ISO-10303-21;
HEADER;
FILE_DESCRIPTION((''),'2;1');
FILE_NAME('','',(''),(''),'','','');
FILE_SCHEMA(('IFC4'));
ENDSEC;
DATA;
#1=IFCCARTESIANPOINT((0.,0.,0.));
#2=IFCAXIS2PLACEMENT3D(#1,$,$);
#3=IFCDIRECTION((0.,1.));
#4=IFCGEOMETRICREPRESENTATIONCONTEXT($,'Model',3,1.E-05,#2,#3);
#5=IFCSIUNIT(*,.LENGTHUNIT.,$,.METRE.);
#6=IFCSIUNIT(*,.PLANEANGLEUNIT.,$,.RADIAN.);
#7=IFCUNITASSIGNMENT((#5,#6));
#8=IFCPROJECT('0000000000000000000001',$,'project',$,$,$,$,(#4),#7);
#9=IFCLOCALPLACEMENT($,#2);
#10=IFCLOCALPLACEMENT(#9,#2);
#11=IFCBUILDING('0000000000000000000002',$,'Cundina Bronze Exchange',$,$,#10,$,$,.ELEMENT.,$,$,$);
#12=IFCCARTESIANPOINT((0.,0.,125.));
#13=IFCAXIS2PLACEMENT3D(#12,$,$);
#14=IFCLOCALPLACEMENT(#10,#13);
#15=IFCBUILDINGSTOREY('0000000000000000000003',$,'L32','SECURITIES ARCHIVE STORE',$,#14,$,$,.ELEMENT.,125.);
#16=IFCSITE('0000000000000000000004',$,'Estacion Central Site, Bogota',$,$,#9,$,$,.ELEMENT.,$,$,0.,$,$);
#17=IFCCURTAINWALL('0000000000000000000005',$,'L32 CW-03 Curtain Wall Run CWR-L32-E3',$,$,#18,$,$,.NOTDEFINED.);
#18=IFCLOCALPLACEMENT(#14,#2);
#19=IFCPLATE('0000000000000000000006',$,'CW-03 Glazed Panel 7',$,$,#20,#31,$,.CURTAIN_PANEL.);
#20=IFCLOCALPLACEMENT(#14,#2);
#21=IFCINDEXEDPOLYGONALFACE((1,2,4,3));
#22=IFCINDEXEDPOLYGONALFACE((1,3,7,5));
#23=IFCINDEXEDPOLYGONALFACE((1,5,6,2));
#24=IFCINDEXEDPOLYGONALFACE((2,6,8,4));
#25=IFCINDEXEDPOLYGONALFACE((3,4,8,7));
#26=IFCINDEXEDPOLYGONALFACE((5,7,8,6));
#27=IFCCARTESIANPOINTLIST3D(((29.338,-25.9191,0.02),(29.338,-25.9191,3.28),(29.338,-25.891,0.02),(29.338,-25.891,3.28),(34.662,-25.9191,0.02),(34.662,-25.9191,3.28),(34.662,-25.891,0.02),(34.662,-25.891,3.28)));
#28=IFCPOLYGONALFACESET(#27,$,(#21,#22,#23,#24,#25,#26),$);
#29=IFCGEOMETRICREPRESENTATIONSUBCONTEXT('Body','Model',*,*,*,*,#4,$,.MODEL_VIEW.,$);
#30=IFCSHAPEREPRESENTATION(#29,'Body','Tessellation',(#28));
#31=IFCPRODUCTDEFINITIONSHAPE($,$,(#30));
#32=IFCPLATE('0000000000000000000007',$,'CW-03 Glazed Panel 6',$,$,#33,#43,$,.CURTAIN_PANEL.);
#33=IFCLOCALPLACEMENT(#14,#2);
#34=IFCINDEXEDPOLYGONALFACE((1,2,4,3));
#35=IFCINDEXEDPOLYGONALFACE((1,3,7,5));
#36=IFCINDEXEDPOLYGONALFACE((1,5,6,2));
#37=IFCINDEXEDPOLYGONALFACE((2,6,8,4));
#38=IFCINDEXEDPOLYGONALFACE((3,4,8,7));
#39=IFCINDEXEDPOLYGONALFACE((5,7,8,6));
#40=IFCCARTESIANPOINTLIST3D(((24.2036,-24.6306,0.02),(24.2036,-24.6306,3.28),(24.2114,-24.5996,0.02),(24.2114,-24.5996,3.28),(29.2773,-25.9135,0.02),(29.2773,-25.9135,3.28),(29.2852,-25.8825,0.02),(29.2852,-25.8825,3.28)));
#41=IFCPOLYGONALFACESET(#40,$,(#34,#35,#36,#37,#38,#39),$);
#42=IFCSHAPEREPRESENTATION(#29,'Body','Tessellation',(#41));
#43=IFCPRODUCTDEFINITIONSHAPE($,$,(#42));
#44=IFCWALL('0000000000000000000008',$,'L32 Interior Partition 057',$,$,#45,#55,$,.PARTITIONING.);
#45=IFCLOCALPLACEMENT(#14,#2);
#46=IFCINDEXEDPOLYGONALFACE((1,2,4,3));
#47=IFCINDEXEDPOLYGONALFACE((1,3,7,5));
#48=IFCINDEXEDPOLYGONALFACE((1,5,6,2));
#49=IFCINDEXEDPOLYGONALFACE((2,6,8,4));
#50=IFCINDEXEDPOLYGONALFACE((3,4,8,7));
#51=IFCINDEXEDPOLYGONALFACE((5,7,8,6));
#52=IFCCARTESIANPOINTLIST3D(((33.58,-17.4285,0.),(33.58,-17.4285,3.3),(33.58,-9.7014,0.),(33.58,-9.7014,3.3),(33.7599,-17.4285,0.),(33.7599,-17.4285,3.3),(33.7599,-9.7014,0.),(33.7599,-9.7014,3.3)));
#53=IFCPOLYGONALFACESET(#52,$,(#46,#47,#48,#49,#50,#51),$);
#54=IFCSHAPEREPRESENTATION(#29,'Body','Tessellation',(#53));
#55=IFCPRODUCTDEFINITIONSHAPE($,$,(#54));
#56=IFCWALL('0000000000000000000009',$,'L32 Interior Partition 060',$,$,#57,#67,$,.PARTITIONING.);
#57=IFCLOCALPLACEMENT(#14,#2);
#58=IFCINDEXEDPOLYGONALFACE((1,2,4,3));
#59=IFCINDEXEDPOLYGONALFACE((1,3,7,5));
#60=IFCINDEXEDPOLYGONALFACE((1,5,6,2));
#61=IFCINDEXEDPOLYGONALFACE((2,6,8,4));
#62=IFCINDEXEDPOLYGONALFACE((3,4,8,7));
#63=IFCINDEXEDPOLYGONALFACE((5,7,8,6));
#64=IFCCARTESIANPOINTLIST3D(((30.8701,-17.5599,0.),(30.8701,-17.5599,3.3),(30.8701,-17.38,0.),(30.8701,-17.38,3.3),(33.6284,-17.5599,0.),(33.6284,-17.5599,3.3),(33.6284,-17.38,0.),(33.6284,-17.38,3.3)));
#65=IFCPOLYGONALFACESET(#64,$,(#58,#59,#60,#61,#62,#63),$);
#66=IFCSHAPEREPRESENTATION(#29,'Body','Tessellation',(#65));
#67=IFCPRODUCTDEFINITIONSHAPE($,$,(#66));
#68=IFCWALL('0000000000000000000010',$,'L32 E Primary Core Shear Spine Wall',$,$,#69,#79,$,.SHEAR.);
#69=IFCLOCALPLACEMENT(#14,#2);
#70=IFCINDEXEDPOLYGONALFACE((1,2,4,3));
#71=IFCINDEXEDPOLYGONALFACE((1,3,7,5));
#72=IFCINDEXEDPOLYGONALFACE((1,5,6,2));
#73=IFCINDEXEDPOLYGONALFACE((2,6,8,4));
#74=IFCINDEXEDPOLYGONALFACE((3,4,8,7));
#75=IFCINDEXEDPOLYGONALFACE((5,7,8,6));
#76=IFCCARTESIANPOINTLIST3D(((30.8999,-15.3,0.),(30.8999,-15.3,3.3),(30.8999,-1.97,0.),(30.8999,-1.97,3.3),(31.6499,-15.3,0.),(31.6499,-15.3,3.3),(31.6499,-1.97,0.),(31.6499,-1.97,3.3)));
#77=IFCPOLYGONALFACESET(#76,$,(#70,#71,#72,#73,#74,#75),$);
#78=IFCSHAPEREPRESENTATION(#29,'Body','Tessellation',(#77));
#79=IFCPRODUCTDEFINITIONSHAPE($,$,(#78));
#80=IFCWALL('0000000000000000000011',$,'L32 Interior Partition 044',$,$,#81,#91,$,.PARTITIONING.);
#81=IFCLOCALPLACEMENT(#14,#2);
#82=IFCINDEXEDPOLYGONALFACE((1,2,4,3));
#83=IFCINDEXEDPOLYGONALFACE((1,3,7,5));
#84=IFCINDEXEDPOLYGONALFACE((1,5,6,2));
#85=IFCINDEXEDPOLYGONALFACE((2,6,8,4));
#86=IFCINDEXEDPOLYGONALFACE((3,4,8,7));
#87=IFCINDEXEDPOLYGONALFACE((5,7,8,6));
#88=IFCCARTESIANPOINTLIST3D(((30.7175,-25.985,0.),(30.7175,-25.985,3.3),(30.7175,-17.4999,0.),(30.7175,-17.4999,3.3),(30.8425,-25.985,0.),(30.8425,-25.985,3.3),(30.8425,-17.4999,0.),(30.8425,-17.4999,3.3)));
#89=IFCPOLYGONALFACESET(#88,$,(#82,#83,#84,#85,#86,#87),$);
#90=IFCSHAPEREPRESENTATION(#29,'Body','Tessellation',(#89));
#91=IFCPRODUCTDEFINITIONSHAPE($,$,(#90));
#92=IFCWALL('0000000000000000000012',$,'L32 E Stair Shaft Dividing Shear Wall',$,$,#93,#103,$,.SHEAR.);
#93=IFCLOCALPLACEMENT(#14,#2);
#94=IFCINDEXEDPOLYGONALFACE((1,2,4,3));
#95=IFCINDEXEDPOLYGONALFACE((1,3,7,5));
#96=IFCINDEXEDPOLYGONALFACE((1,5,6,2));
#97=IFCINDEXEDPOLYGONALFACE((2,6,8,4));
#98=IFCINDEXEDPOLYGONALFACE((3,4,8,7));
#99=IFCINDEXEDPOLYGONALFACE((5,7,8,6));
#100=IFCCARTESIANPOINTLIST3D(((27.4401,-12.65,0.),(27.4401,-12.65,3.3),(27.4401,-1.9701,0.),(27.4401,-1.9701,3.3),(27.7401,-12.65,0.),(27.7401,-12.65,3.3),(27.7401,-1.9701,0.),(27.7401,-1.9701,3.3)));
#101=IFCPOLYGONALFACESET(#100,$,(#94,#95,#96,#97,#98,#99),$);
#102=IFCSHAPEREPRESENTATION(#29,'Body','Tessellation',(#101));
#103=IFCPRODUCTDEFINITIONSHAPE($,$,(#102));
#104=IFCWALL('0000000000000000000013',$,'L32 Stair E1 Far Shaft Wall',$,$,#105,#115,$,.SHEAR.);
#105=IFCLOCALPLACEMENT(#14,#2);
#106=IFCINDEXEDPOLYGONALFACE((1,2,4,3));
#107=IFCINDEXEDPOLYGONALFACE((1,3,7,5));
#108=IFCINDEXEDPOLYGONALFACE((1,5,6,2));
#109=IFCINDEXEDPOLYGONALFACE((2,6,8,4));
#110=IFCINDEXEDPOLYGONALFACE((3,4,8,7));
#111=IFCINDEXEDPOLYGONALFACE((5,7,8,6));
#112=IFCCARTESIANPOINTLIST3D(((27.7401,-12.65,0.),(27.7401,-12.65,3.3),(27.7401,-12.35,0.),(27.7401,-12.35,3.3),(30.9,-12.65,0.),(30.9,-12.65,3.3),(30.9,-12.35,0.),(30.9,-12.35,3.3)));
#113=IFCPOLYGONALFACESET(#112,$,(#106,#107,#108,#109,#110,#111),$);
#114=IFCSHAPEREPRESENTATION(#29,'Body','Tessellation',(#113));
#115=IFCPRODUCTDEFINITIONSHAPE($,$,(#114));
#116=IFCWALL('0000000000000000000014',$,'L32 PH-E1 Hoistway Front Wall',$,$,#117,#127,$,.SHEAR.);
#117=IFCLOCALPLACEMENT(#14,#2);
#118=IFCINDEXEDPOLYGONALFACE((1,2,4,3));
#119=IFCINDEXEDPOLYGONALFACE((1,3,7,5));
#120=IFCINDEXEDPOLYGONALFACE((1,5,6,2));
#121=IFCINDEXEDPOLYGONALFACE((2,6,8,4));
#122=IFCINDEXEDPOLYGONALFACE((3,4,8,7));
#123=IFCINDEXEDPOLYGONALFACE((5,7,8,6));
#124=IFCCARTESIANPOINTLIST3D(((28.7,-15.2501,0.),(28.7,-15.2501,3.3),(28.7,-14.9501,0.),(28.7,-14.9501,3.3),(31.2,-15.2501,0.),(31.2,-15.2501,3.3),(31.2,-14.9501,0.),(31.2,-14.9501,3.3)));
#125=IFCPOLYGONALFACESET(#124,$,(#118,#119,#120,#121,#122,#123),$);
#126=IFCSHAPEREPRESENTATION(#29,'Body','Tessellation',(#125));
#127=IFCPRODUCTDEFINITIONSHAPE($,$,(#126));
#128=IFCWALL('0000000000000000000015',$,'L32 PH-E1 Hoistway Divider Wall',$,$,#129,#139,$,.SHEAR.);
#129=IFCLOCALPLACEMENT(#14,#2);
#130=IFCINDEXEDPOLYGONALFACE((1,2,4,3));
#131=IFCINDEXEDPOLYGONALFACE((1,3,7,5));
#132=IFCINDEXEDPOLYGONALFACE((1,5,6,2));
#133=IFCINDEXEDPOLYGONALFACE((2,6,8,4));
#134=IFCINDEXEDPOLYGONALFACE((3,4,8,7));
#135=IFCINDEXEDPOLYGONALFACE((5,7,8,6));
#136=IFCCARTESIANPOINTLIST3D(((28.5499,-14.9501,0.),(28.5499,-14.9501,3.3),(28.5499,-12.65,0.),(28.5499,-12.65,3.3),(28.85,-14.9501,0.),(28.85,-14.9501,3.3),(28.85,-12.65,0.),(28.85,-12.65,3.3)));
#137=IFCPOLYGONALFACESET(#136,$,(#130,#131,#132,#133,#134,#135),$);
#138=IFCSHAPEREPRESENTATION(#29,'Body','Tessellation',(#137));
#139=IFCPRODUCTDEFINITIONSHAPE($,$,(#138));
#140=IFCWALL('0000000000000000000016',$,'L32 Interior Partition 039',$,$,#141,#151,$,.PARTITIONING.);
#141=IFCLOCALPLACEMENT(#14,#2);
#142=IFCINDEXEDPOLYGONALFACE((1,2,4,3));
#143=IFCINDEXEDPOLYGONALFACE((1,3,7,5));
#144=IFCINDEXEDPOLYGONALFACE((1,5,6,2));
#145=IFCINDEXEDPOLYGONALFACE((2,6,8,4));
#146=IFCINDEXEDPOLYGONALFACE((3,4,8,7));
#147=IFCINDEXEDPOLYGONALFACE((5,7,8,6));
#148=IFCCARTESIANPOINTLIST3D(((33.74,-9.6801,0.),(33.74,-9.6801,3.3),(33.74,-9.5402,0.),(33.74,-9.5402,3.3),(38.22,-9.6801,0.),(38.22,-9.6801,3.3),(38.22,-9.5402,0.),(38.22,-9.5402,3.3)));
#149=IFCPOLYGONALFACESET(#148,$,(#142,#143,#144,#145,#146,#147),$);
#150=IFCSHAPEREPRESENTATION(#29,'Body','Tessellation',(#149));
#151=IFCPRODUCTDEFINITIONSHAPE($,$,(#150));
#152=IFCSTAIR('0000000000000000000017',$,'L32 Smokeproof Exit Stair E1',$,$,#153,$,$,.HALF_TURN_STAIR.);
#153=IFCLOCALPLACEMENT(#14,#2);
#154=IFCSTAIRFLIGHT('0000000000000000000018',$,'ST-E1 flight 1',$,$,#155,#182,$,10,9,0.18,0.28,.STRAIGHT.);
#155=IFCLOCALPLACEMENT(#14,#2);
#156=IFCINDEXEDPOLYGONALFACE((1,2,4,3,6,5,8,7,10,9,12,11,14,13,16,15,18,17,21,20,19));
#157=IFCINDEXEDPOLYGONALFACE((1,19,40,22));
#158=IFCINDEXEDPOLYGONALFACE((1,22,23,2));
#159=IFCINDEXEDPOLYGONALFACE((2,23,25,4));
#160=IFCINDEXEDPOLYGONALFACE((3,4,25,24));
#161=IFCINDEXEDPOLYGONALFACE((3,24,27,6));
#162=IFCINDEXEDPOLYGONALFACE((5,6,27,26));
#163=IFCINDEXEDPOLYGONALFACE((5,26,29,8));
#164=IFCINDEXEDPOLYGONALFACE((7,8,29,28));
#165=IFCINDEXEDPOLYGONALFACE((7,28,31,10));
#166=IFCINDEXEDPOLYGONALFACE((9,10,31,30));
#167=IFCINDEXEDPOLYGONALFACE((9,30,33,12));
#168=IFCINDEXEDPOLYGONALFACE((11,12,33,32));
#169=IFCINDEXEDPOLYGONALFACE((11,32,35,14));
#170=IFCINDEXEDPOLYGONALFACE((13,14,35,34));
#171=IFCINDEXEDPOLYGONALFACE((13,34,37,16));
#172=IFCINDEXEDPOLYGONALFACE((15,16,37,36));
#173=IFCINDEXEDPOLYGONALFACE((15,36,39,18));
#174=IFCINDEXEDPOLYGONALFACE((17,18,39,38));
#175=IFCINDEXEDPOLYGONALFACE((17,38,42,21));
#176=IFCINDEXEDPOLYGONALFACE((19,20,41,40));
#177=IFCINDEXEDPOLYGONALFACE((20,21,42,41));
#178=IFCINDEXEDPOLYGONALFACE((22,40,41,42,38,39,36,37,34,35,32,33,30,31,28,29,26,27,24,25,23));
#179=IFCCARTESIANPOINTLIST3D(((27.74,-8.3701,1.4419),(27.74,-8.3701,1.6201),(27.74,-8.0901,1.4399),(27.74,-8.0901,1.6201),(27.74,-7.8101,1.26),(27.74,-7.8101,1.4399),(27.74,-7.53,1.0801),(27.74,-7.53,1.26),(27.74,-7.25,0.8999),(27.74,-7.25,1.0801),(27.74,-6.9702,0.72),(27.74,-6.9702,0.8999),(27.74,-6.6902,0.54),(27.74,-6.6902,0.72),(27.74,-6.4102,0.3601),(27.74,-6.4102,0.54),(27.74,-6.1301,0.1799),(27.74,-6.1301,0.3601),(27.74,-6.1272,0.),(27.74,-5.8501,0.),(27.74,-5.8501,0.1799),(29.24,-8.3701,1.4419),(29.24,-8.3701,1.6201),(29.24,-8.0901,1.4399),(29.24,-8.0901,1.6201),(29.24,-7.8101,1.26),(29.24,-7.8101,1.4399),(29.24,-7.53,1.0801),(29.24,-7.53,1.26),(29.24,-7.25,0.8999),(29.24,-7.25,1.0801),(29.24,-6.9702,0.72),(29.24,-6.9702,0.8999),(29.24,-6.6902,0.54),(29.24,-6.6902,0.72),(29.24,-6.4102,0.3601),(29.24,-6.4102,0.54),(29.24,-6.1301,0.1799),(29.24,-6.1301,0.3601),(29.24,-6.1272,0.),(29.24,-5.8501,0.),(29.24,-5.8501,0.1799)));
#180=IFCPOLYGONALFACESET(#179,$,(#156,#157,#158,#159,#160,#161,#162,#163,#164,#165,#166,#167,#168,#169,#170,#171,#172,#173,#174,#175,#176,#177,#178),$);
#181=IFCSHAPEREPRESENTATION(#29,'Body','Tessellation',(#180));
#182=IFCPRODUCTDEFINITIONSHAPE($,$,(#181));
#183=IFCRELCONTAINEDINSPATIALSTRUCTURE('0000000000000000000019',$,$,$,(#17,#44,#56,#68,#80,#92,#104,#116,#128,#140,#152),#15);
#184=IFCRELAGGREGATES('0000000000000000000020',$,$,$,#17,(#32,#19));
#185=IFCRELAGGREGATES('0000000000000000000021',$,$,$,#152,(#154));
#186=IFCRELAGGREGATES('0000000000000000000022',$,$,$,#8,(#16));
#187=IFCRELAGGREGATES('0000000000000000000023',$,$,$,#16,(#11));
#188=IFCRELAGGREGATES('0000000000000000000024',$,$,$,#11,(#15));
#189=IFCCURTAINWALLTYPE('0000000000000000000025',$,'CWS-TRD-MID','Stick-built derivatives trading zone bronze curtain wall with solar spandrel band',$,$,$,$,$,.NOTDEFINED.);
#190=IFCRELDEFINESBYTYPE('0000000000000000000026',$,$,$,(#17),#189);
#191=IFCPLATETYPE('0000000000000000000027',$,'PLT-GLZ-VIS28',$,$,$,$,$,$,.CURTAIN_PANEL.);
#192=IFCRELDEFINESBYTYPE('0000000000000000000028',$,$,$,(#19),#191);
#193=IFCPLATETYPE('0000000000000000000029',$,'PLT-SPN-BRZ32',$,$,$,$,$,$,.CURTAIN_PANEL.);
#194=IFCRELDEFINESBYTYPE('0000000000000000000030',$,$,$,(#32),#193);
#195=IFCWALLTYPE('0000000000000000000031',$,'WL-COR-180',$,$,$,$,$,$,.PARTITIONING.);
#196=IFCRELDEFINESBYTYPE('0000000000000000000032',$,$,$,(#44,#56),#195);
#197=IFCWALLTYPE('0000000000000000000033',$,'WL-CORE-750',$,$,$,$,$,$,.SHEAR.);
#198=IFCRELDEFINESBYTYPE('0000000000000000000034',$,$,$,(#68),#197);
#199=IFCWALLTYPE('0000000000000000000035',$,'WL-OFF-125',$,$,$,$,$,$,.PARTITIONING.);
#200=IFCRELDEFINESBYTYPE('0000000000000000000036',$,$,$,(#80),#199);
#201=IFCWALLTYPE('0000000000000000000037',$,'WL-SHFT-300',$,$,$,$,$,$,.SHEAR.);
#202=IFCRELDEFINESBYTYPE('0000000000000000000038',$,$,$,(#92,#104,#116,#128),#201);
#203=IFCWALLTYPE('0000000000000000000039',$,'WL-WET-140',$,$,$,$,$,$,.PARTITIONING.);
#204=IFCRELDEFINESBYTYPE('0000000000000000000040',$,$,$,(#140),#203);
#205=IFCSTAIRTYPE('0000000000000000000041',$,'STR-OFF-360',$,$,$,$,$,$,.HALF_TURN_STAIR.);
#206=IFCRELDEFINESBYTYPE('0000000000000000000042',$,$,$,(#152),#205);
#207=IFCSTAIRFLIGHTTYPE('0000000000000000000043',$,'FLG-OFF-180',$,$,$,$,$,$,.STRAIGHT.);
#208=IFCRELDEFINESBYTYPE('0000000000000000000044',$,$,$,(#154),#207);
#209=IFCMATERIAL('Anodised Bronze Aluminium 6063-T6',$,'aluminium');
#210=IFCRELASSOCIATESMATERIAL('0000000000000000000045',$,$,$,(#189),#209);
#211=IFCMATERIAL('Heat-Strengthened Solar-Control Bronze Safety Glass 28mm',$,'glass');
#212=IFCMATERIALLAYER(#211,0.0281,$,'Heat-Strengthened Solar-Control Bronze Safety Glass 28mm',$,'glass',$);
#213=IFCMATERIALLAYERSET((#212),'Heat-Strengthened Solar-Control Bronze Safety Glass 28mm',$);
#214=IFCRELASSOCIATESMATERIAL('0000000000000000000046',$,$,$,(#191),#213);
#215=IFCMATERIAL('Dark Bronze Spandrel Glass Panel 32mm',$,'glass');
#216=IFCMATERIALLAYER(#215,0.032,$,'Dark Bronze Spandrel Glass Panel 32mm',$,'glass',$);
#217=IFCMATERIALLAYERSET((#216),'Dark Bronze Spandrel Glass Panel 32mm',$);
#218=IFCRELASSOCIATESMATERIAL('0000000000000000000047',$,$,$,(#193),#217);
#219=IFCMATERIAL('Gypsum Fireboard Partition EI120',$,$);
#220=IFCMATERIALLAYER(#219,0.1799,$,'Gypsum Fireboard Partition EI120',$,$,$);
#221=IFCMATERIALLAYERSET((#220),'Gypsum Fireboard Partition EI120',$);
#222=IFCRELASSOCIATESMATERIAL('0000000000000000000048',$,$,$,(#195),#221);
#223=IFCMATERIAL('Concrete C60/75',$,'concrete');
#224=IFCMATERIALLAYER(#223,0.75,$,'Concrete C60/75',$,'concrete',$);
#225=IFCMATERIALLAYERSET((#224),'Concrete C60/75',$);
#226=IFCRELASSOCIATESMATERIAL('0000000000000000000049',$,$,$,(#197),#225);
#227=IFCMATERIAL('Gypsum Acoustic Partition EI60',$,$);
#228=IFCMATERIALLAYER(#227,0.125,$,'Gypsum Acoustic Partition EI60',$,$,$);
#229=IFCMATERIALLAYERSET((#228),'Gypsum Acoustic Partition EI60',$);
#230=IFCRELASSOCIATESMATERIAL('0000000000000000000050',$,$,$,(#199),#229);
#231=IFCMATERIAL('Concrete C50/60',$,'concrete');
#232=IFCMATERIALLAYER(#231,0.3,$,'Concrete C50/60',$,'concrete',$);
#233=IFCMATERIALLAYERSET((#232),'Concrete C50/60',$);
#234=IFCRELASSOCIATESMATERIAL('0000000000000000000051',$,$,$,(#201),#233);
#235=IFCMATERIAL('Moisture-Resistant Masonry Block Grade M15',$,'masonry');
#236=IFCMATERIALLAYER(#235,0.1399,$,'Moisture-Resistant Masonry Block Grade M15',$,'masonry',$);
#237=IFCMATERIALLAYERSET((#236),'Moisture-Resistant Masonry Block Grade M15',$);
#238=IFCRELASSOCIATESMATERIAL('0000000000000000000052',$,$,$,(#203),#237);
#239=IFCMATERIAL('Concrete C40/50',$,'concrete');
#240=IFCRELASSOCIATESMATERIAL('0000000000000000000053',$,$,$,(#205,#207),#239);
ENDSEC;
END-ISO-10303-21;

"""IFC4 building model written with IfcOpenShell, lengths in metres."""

from ifc_helpers import new_model, si_unit, direction, frame, frame_2d, origin, origin_2d, place, context, subcontext, project, spatial, polyline, rectangle, outline, extrude, material, layer, layer_set, type_object, element, aggregate, save


model = new_model("IFC4")

# Units and contexts
model_context = context("Model", 3, precision=1e-05, world=origin(), true_north=direction((0.0, 1.0)))
body_context = subcontext(model_context, "Body", "Model", "MODEL_VIEW")
ifc_project = project(units=[si_unit("LENGTHUNIT", "METRE"), si_unit("PLANEANGLEUNIT", "RADIAN")], contexts=[model_context])

# Site, building, storey
site_placement = place(None, origin())
site = spatial("IfcSite", under=ifc_project, at=site_placement, Name="Estacion Central Site, Bogota", CompositionType="ELEMENT", RefElevation=0.0)
building_placement = place(site_placement, origin())
building = spatial("IfcBuilding", under=site, at=building_placement, Name="Cundina Bronze Exchange", CompositionType="ELEMENT")
storey_placement = place(building_placement, frame((0.0, 0.0, 125.0)))
storey = spatial("IfcBuildingStorey", under=building, at=storey_placement, Name="L32", Description="SECURITIES ARCHIVE STORE", CompositionType="ELEMENT", Elevation=125.0)

# Shared definitions
ifc_material_1 = material(Name="Concrete C60/75", Category="concrete")

# Curtain wall, plates
ifc_material_2 = material(Name="Anodised Bronze Aluminium 6063-T6", Category="aluminium")
curtain_wall_type = type_object("IfcCurtainWallType", Name="CWS-TRD-MID", Description="Stick-built derivatives trading zone bronze curtain wall with solar spandrel band", PredefinedType="NOTDEFINED", material=ifc_material_2)
curtain_wall_placement = place(storey_placement, origin())
curtain_wall = element("IfcCurtainWall", 1, at=curtain_wall_placement, inside=storey, type_object=curtain_wall_type, Name="L32 CW-03 Curtain Wall Run CWR-L32-E3", PredefinedType="NOTDEFINED")
ifc_material_3 = material(Name="Heat-Strengthened Solar-Control Bronze Safety Glass 28mm", Category="glass")
ifc_layer_1 = layer(ifc_material_3, 0.0281, Name="Heat-Strengthened Solar-Control Bronze Safety Glass 28mm", Category="glass")
ifc_layer_set_1 = layer_set([ifc_layer_1], Name="Heat-Strengthened Solar-Control Bronze Safety Glass 28mm")
plate_type_1 = type_object("IfcPlateType", Name="PLT-GLZ-VIS28", PredefinedType="CURTAIN_PANEL", material=ifc_layer_set_1)
plate_1_placement = place(storey_placement, frame((32.0, -25.905, 0.02), z_axis=(0.0, 0.0, 1.0), x_axis=(1.0, 0.0, 0.0)))
plate_1 = element("IfcPlate", 2, at=plate_1_placement, type_object=plate_type_1, Name="CW-03 Glazed Panel 7", PredefinedType="CURTAIN_PANEL", context=body_context, shape_type="SweptSolid", body=[
    extrude(rectangle(XDim=5.324, YDim=0.0281, at=origin_2d()), origin(), (0.0, 0.0, 1.0), 3.26),
])
ifc_material_4 = material(Name="Dark Bronze Spandrel Glass Panel 32mm", Category="glass")
ifc_layer_2 = layer(ifc_material_4, 0.032, Name="Dark Bronze Spandrel Glass Panel 32mm", Category="glass")
ifc_layer_set_2 = layer_set([ifc_layer_2], Name="Dark Bronze Spandrel Glass Panel 32mm")
plate_type_2 = type_object("IfcPlateType", Name="PLT-SPN-BRZ32", PredefinedType="CURTAIN_PANEL", material=ifc_layer_set_2)
plate_2_placement = place(storey_placement, frame((26.7444, -25.2566, 0.02), z_axis=(0.0, 0.0, 1.0), x_axis=(0.969488, -0.245138, 0.0)))
plate_2 = element("IfcPlate", 3, at=plate_2_placement, type_object=plate_type_2, Name="CW-03 Glazed Panel 6", PredefinedType="CURTAIN_PANEL", context=body_context, shape_type="SweptSolid", body=[
    extrude(rectangle(XDim=5.2334, YDim=0.032, at=origin_2d()), origin(), (0.0, 0.0, 1.0), 3.26),
])
aggregate(curtain_wall, [plate_2, plate_1])

# Shared definitions
ifc_material_5 = material(Name="Gypsum Fireboard Partition EI120")
ifc_layer_3 = layer(ifc_material_5, 0.1799, Name="Gypsum Fireboard Partition EI120")
ifc_layer_set_3 = layer_set([ifc_layer_3], Name="Gypsum Fireboard Partition EI120")
wall_type_1 = type_object("IfcWallType", Name="WL-COR-180", PredefinedType="PARTITIONING", material=ifc_layer_set_3)

# Walls
wall_1_placement = place(storey_placement, frame((33.6699, -17.4285, 0.0), z_axis=(0.0, 0.0, 1.0), x_axis=(0.0, 1.0, 0.0)))
element("IfcWall", 4, at=wall_1_placement, inside=storey, type_object=wall_type_1, Name="L32 Interior Partition 057", PredefinedType="PARTITIONING", context=body_context, shape_type="SweptSolid", body=[
    extrude(rectangle(XDim=7.7271, YDim=0.1799, at=frame_2d((3.8635, 0.0))), origin(), (0.0, 0.0, 1.0), 3.3),
])
wall_2_placement = place(storey_placement, frame((30.8701, -17.47, 0.0), z_axis=(0.0, 0.0, 1.0), x_axis=(1.0, 0.0, 0.0)))
element("IfcWall", 5, at=wall_2_placement, inside=storey, type_object=wall_type_1, Name="L32 Interior Partition 060", PredefinedType="PARTITIONING", context=body_context, shape_type="SweptSolid", body=[
    extrude(rectangle(XDim=2.7583, YDim=0.1799, at=frame_2d((1.3792, 0.0))), origin(), (0.0, 0.0, 1.0), 3.3),
])
ifc_layer_4 = layer(ifc_material_1, 0.75, Name="Concrete C60/75", Category="concrete")
ifc_layer_set_4 = layer_set([ifc_layer_4], Name="Concrete C60/75")
wall_type_2 = type_object("IfcWallType", Name="WL-CORE-750", PredefinedType="SHEAR", material=ifc_layer_set_4)
wall_3_placement = place(storey_placement, frame((31.2749, -15.3, 0.0), z_axis=(0.0, 0.0, 1.0), x_axis=(0.0, 1.0, 0.0)))
element("IfcWall", 6, at=wall_3_placement, inside=storey, type_object=wall_type_2, Name="L32 E Primary Core Shear Spine Wall", PredefinedType="SHEAR", context=body_context, shape_type="SweptSolid", body=[
    extrude(rectangle(XDim=13.3301, YDim=0.75, at=frame_2d((6.665, 0.0))), origin(), (0.0, 0.0, 1.0), 3.3),
])
ifc_material_6 = material(Name="Gypsum Acoustic Partition EI60")
ifc_layer_5 = layer(ifc_material_6, 0.125, Name="Gypsum Acoustic Partition EI60")
ifc_layer_set_5 = layer_set([ifc_layer_5], Name="Gypsum Acoustic Partition EI60")
wall_type_3 = type_object("IfcWallType", Name="WL-OFF-125", PredefinedType="PARTITIONING", material=ifc_layer_set_5)
wall_4_placement = place(storey_placement, frame((30.78, -25.9851, 0.0), z_axis=(0.0, 0.0, 1.0), x_axis=(0.0, 1.0, 0.0)))
element("IfcWall", 7, at=wall_4_placement, inside=storey, type_object=wall_type_3, Name="L32 Interior Partition 044", PredefinedType="PARTITIONING", context=body_context, shape_type="SweptSolid", body=[
    extrude(rectangle(XDim=8.4851, YDim=0.125, at=frame_2d((4.2427, 0.0))), origin(), (0.0, 0.0, 1.0), 3.3),
])
ifc_material_7 = material(Name="Concrete C50/60", Category="concrete")
ifc_layer_6 = layer(ifc_material_7, 0.3, Name="Concrete C50/60", Category="concrete")
ifc_layer_set_6 = layer_set([ifc_layer_6], Name="Concrete C50/60")
wall_type_4 = type_object("IfcWallType", Name="WL-SHFT-300", PredefinedType="SHEAR", material=ifc_layer_set_6)
wall_5_placement = place(storey_placement, frame((27.5901, -12.6499, 0.0), z_axis=(0.0, 0.0, 1.0), x_axis=(0.0, 1.0, 0.0)))
element("IfcWall", 8, at=wall_5_placement, inside=storey, type_object=wall_type_4, Name="L32 E Stair Shaft Dividing Shear Wall", PredefinedType="SHEAR", context=body_context, shape_type="SweptSolid", body=[
    extrude(rectangle(XDim=10.6799, YDim=0.3, at=frame_2d((5.3398, 0.0))), origin(), (0.0, 0.0, 1.0), 3.3),
])
wall_6_placement = place(storey_placement, frame((27.74, -12.5, 0.0), z_axis=(0.0, 0.0, 1.0), x_axis=(1.0, 0.0, 0.0)))
element("IfcWall", 9, at=wall_6_placement, inside=storey, type_object=wall_type_4, Name="L32 Stair E1 Far Shaft Wall", PredefinedType="SHEAR", context=body_context, shape_type="SweptSolid", body=[
    extrude(rectangle(XDim=3.1599, YDim=0.3, at=frame_2d((1.5801, 0.0))), origin(), (0.0, 0.0, 1.0), 3.3),
])
wall_7_placement = place(storey_placement, frame((28.7, -15.1001, 0.0), z_axis=(0.0, 0.0, 1.0), x_axis=(1.0, 0.0, 0.0)))
element("IfcWall", 10, at=wall_7_placement, inside=storey, type_object=wall_type_4, Name="L32 PH-E1 Hoistway Front Wall", PredefinedType="SHEAR", context=body_context, shape_type="SweptSolid", body=[
    extrude(rectangle(XDim=2.5, YDim=0.3, at=frame_2d((1.25, 0.0))), origin(), (0.0, 0.0, 1.0), 3.3),
])
wall_8_placement = place(storey_placement, frame((28.7, -14.95, 0.0), z_axis=(0.0, 0.0, 1.0), x_axis=(0.0, 1.0, 0.0)))
element("IfcWall", 11, at=wall_8_placement, inside=storey, type_object=wall_type_4, Name="L32 PH-E1 Hoistway Divider Wall", PredefinedType="SHEAR", context=body_context, shape_type="SweptSolid", body=[
    extrude(rectangle(XDim=2.3, YDim=0.3, at=frame_2d((1.1499, 0.0))), origin(), (0.0, 0.0, 1.0), 3.3),
])
ifc_material_8 = material(Name="Moisture-Resistant Masonry Block Grade M15", Category="masonry")
ifc_layer_7 = layer(ifc_material_8, 0.1399, Name="Moisture-Resistant Masonry Block Grade M15", Category="masonry")
ifc_layer_set_7 = layer_set([ifc_layer_7], Name="Moisture-Resistant Masonry Block Grade M15")
wall_type_5 = type_object("IfcWallType", Name="WL-WET-140", PredefinedType="PARTITIONING", material=ifc_layer_set_7)
wall_9_placement = place(storey_placement, frame((33.74, -9.6101, 0.0), z_axis=(0.0, 0.0, 1.0), x_axis=(1.0, 0.0, 0.0)))
element("IfcWall", 12, at=wall_9_placement, inside=storey, type_object=wall_type_5, Name="L32 Interior Partition 039", PredefinedType="PARTITIONING", context=body_context, shape_type="SweptSolid", body=[
    extrude(rectangle(XDim=4.48, YDim=0.1399, at=frame_2d((2.24, 0.0))), origin(), (0.0, 0.0, 1.0), 3.3),
])

# Stair, stair flight
ifc_material_9 = material(Name="Concrete C40/50", Category="concrete")
stair_type = type_object("IfcStairType", Name="STR-OFF-360", PredefinedType="HALF_TURN_STAIR", material=ifc_material_9)
stair_placement = place(storey_placement, origin())
stair = element("IfcStair", 13, at=stair_placement, inside=storey, type_object=stair_type, Name="L32 Smokeproof Exit Stair E1", PredefinedType="HALF_TURN_STAIR")
stair_flight_type = type_object("IfcStairFlightType", Name="FLG-OFF-180", PredefinedType="STRAIGHT", material=ifc_material_9)
stair_flight_1_placement = place(storey_placement, frame((28.49, -5.8501, 0.0), z_axis=(0.0, 0.0, 1.0), x_axis=(0.0, -1.0, 0.0)))
stair_flight_1 = element("IfcStairFlight", 14, at=stair_flight_1_placement, type_object=stair_flight_type, Name="ST-E1 flight 1", NumberOfRisers=10, NumberOfTreads=9, PredefinedType="STRAIGHT", RiserHeight=0.18, TreadLength=0.28, context=body_context, shape_type="SweptSolid", body=[
    extrude(outline(polyline([(0.0, 0.0), (0.0, 0.1799), (0.28, 0.1799), (0.28, 0.3601), (0.5601, 0.3601), (0.5601, 0.54), (0.8401, 0.54), (0.8401, 0.72), (1.1201, 0.72), (1.1201, 0.8999), (1.3999, 0.8999), (1.3999, 1.0801), (1.6799, 1.0801), (1.6799, 1.26), (1.96, 1.26), (1.96, 1.4399), (2.24, 1.4399), (2.24, 1.6201), (2.52, 1.6201), (2.52, 1.8), (2.52, 1.4419), (0.2771, 0.0), (0.0, 0.0)])), frame((0.0, 0.75, 0.0), z_axis=(0.0, -1.0, 0.0), x_axis=(1.0, 0.0, 0.0)), (0.0, 0.0, 1.0), 1.5),
])
aggregate(stair, [stair_flight_1])

save(model, "model.ifc")
